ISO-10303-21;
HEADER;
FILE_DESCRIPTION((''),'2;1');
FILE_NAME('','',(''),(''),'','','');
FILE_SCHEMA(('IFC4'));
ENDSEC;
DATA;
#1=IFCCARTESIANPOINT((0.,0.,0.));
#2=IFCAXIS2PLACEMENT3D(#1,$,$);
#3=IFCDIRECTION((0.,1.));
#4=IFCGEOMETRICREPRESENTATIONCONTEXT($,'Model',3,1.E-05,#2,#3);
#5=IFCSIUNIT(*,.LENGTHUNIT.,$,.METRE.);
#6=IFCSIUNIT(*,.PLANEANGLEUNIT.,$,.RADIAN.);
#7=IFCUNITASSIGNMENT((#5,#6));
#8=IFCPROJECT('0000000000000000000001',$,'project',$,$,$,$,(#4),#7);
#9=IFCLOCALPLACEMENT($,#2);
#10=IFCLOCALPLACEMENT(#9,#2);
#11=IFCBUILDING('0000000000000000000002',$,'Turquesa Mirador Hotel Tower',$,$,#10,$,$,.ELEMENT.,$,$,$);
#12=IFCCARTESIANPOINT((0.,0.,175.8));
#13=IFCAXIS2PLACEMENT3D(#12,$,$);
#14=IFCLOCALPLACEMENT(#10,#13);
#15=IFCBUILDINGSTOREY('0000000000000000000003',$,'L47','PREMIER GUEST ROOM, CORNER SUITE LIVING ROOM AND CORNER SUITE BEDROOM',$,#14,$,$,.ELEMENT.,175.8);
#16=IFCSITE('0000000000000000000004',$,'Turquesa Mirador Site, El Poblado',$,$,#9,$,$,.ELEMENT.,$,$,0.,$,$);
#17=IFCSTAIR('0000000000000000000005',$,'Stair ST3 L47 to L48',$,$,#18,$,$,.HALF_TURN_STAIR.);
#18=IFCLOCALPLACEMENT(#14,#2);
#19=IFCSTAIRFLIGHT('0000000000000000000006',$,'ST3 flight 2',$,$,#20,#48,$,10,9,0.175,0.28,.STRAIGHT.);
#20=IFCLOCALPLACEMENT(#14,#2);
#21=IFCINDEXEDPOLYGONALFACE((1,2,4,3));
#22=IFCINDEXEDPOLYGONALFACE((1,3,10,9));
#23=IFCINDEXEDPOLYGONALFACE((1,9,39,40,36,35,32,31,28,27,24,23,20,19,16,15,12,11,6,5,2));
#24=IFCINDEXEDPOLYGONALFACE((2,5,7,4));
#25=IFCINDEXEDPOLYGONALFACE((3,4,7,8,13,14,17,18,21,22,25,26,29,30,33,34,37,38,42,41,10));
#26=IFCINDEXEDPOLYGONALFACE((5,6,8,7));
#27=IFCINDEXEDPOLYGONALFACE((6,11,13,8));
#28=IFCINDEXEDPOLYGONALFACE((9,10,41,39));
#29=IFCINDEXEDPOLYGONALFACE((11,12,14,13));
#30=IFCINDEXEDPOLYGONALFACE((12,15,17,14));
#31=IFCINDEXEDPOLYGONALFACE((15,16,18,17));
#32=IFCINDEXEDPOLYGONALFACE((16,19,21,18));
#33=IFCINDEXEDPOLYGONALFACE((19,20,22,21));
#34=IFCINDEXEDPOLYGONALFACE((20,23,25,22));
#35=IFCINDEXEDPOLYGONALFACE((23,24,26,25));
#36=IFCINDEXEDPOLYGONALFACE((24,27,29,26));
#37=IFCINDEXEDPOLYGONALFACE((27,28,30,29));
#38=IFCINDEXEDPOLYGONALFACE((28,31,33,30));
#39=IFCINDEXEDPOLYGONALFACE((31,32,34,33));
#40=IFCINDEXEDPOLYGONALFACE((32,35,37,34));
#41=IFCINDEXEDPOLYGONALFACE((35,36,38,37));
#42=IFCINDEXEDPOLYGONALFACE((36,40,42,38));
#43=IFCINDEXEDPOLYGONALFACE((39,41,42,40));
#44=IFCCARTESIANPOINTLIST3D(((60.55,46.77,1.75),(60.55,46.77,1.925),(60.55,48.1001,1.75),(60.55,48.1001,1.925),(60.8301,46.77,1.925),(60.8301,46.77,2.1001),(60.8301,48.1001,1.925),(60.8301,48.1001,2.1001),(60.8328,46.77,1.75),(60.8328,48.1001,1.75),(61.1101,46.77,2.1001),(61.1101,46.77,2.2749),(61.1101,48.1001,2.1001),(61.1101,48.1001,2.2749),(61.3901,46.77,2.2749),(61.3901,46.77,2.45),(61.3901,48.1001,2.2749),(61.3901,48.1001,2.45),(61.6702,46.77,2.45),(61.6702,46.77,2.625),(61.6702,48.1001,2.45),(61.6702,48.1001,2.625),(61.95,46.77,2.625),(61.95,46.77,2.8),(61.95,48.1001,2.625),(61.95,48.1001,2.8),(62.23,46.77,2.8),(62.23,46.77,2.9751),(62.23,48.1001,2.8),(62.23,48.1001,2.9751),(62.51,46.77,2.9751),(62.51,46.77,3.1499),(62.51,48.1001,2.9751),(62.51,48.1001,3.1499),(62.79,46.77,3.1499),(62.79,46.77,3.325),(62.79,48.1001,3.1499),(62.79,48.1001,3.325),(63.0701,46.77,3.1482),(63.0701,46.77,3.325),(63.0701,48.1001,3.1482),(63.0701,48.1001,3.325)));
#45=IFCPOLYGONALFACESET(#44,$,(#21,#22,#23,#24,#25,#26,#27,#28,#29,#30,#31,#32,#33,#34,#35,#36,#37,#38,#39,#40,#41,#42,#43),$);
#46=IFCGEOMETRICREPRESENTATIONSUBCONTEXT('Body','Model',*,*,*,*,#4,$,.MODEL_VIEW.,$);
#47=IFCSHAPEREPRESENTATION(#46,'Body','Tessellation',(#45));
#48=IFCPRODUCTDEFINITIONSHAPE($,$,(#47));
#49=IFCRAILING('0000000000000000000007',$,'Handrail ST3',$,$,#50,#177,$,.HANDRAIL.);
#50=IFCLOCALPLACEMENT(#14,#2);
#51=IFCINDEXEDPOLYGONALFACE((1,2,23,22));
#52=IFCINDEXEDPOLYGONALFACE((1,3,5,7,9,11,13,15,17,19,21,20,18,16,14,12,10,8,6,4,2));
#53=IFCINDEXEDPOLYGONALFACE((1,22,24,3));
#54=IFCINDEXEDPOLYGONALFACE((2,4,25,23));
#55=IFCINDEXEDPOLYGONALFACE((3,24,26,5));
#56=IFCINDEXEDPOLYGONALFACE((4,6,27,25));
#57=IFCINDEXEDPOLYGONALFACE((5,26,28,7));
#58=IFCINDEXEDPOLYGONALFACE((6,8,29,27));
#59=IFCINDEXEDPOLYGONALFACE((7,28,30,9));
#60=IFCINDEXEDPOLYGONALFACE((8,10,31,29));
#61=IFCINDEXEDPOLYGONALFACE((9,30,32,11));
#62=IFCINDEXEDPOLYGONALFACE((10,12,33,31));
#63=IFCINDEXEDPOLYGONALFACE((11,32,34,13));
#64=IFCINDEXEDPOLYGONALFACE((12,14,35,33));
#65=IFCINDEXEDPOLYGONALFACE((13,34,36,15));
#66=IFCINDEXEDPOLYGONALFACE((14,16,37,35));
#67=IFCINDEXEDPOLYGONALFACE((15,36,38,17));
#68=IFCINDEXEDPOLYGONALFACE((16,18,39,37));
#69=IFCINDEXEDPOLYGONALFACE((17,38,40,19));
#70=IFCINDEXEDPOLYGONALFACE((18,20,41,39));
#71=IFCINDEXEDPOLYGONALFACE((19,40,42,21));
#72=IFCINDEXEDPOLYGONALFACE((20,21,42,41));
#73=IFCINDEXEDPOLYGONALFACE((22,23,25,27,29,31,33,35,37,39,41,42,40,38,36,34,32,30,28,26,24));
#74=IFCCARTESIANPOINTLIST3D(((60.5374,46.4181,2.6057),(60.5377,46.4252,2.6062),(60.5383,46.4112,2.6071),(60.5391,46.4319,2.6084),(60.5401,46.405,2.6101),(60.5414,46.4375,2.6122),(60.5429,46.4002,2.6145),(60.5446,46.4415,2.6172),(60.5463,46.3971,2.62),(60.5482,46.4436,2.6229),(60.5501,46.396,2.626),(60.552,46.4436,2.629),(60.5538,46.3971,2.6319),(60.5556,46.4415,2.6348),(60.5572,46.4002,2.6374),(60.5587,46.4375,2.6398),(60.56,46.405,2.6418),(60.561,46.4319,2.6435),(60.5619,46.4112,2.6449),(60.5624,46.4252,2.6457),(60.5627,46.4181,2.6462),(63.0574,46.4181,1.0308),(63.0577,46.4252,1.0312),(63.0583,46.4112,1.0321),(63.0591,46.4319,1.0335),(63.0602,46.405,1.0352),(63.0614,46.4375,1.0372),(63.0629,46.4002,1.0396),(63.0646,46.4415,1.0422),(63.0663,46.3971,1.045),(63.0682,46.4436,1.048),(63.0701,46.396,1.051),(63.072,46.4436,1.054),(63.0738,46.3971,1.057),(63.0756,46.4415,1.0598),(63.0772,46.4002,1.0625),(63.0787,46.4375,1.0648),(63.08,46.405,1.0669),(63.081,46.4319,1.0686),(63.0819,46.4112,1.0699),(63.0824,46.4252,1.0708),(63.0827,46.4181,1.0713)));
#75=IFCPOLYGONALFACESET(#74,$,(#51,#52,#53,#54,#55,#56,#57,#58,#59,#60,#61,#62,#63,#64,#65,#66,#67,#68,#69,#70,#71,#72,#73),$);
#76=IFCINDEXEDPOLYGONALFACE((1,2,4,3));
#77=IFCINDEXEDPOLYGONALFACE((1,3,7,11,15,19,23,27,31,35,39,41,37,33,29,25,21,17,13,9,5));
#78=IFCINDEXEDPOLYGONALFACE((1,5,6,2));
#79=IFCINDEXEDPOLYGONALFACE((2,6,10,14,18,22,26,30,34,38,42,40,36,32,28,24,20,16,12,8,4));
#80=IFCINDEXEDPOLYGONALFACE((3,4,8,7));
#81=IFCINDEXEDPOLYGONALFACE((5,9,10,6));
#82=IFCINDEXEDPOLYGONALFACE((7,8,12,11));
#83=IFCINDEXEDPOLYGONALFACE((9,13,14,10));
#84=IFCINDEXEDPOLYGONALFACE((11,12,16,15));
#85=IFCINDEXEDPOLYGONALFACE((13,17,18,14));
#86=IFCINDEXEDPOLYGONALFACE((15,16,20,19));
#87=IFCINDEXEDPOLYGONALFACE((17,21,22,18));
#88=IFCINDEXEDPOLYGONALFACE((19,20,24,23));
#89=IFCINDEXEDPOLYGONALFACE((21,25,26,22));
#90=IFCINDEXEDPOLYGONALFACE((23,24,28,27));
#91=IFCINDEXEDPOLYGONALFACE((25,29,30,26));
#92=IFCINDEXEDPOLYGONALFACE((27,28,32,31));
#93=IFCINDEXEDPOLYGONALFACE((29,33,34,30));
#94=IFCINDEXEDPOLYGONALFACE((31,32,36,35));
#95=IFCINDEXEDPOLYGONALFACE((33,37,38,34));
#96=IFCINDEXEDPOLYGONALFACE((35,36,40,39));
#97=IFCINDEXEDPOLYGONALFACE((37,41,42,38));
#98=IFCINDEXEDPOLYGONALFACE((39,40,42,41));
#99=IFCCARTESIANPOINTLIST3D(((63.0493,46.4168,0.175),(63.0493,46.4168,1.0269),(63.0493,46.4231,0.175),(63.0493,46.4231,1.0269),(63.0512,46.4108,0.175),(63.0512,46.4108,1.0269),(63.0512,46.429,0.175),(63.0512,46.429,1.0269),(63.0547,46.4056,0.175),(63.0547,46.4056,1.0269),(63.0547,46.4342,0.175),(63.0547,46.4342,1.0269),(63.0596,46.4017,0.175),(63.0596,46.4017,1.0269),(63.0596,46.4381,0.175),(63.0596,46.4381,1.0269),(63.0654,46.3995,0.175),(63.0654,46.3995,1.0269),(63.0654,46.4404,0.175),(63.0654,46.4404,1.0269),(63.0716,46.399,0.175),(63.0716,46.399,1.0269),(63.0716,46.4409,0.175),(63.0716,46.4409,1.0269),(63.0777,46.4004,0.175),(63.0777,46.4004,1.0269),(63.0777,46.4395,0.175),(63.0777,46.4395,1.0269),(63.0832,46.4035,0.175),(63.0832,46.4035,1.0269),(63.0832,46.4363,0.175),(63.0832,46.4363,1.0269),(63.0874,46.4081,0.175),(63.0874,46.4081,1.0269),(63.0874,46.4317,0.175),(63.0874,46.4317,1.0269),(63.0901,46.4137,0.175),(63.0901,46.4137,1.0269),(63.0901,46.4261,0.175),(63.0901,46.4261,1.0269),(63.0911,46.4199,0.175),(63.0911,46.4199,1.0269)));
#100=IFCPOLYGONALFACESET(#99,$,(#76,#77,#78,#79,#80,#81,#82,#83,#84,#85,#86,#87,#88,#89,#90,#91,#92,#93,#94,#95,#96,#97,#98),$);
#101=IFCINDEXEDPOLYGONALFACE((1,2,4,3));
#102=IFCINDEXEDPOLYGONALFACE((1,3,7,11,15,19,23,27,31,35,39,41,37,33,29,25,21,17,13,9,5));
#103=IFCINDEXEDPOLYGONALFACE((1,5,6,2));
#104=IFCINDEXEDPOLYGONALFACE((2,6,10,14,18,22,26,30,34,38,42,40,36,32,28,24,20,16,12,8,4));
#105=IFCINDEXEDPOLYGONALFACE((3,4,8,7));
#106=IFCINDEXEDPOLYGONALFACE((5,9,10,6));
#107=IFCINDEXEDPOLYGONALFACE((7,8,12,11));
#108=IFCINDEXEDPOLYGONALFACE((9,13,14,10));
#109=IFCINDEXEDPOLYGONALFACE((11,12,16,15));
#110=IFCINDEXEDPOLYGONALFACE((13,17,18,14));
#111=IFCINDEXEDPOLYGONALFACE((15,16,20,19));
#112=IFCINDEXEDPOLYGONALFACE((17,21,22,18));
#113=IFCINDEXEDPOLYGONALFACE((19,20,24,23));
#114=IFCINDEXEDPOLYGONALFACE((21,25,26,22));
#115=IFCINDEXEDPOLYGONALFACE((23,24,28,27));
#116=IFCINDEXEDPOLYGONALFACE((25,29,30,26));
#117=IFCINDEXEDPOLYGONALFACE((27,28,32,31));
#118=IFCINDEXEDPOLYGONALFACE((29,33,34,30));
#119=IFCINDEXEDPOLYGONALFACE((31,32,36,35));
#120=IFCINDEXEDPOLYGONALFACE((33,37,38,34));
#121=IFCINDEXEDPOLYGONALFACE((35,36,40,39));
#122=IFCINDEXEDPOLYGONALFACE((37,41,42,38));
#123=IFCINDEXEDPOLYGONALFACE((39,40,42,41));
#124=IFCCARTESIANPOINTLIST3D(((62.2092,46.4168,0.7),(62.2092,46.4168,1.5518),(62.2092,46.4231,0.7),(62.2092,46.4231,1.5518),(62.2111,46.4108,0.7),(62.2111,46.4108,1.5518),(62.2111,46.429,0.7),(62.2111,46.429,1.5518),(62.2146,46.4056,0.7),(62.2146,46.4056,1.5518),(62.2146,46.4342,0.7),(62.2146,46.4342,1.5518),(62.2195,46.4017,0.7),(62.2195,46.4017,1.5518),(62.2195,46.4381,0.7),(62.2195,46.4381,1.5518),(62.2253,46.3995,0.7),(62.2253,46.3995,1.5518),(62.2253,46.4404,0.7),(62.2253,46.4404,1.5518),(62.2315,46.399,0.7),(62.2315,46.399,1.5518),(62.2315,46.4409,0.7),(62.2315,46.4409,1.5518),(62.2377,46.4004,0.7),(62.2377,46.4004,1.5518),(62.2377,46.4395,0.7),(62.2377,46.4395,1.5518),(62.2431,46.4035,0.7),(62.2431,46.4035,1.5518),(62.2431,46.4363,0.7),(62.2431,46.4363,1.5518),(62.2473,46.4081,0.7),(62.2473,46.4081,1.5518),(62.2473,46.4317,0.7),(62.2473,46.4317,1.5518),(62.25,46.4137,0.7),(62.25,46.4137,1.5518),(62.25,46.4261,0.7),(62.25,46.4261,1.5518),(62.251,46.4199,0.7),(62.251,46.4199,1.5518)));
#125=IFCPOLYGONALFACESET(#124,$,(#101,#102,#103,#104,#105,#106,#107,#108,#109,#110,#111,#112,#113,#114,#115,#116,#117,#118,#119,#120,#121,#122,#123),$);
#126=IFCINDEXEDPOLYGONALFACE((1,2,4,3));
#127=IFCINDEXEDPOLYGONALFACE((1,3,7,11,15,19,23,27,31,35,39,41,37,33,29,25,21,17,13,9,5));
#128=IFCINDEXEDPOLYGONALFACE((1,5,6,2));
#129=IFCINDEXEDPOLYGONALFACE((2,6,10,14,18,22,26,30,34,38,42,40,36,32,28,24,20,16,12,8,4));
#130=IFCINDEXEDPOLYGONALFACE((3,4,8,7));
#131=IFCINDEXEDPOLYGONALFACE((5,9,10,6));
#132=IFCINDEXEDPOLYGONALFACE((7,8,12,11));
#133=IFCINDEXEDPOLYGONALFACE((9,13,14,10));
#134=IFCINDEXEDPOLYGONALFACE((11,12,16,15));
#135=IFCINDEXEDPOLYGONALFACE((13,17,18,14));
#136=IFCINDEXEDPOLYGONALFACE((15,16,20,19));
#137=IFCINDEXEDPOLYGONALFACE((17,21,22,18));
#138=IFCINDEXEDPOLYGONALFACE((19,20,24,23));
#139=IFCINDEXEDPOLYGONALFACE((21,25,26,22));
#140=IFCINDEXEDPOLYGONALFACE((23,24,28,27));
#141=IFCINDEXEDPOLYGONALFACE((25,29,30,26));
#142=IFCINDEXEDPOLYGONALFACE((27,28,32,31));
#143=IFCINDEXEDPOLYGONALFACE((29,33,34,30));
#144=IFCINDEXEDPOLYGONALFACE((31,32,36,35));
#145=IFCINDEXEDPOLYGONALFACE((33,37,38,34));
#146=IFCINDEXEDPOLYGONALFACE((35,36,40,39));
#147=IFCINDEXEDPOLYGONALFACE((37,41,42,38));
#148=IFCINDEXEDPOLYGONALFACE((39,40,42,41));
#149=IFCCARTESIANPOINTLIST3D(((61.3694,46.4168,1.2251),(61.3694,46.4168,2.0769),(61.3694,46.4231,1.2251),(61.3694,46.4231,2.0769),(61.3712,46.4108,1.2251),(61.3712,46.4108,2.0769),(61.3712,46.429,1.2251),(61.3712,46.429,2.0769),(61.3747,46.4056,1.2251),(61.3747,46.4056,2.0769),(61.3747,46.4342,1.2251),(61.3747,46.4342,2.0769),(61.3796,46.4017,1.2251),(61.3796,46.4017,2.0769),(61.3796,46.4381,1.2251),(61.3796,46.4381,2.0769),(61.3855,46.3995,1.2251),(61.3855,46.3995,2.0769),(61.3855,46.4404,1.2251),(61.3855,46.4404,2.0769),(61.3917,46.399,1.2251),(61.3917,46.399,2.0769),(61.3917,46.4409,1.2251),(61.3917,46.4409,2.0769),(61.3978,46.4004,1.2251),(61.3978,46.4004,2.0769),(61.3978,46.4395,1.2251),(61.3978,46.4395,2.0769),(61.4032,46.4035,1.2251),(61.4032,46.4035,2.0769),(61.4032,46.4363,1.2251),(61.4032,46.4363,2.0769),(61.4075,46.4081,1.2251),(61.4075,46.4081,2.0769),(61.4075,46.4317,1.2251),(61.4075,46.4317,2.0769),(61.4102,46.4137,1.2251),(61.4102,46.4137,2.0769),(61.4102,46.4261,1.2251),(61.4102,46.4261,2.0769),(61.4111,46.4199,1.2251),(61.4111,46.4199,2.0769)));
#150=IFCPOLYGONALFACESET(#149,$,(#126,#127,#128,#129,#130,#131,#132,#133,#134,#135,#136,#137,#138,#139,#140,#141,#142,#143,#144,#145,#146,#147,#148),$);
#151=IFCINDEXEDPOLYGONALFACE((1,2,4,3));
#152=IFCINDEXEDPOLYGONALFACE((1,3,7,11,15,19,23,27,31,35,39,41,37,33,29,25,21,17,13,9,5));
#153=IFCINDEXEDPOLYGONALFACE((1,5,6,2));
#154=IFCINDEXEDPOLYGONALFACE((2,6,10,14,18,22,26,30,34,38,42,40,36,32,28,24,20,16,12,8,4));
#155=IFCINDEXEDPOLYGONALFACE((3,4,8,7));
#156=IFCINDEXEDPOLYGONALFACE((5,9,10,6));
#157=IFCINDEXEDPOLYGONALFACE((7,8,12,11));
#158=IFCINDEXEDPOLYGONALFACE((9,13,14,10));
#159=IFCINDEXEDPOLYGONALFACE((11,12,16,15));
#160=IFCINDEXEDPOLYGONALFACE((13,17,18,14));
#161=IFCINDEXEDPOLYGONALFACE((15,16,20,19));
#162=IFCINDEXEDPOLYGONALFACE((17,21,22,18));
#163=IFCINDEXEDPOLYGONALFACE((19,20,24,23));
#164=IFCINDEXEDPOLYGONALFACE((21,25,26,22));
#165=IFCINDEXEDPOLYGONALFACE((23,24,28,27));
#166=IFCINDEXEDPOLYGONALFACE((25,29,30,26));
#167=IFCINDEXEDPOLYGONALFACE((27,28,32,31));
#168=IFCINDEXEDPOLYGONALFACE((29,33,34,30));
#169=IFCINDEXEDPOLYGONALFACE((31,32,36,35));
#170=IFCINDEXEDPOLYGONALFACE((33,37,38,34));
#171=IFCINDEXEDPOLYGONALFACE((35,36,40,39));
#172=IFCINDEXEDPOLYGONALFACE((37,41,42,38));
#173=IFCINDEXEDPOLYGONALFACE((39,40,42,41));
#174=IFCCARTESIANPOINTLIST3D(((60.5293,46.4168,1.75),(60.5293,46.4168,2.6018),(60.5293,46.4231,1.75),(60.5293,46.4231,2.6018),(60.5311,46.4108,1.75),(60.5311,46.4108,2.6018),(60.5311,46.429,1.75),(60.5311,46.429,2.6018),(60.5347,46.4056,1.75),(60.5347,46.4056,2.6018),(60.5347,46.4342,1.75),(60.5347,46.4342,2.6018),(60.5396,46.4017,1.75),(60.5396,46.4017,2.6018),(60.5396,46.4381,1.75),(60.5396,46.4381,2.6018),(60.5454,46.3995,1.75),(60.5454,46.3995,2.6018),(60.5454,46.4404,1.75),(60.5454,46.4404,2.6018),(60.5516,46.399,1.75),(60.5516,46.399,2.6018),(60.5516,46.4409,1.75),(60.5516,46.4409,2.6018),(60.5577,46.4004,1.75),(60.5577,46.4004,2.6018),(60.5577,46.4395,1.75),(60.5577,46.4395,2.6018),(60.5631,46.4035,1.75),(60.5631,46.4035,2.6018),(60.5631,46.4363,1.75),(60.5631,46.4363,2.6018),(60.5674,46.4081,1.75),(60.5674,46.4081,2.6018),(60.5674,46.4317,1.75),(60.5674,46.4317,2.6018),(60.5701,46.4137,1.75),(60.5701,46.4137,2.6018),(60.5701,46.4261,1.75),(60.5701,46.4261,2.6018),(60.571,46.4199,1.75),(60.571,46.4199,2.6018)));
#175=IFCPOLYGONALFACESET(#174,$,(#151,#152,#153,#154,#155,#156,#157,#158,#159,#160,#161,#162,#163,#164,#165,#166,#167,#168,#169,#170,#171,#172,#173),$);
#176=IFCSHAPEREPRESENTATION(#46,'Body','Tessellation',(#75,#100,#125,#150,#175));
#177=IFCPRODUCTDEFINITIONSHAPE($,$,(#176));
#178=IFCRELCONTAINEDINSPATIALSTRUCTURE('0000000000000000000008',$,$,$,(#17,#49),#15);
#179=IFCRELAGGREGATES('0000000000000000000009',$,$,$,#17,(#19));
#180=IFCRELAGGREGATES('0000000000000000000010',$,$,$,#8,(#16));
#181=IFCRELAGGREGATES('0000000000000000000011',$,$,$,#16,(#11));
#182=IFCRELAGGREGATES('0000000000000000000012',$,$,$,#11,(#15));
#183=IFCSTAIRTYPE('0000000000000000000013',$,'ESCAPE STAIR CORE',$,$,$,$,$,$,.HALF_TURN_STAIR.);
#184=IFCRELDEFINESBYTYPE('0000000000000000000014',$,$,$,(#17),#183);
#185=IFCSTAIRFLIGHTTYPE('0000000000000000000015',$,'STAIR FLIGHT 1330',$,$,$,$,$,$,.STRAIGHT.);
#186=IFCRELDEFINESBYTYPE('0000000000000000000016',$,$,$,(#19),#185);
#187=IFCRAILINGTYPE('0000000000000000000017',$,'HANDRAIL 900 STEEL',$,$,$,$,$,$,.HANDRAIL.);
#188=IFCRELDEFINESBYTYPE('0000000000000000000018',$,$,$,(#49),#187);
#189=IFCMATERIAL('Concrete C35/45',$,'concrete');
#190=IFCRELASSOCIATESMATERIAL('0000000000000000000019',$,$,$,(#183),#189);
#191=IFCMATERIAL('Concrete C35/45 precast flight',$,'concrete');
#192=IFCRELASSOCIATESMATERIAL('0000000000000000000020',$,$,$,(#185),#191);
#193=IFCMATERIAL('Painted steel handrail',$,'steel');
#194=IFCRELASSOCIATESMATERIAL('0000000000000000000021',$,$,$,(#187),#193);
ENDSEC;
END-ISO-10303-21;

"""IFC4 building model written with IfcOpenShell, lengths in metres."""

from ifc_helpers import new_model, si_unit, direction, frame, origin, origin_2d, place, context, subcontext, project, spatial, polyline, circle, outline, extrude, material, type_object, element, aggregate, save


model = new_model("IFC4")

# Units and contexts
model_context = context("Model", 3, precision=1e-05, world=origin(), true_north=direction((0.0, 1.0)))
body_context = subcontext(model_context, "Body", "Model", "MODEL_VIEW")
ifc_project = project(units=[si_unit("LENGTHUNIT", "METRE"), si_unit("PLANEANGLEUNIT", "RADIAN")], contexts=[model_context])

# Site, building, storey
site_placement = place(None, origin())
site = spatial("IfcSite", under=ifc_project, at=site_placement, Name="Turquesa Mirador Site, El Poblado", CompositionType="ELEMENT", RefElevation=0.0)
building_placement = place(site_placement, origin())
building = spatial("IfcBuilding", under=site, at=building_placement, Name="Turquesa Mirador Hotel Tower", CompositionType="ELEMENT")
storey_placement = place(building_placement, frame((0.0, 0.0, 175.8)))
storey = spatial("IfcBuildingStorey", under=building, at=storey_placement, Name="L47", Description="PREMIER GUEST ROOM, CORNER SUITE LIVING ROOM AND CORNER SUITE BEDROOM", CompositionType="ELEMENT", Elevation=175.8)

# Stair, stair flight
ifc_material_1 = material(Name="Concrete C35/45", Category="concrete")
stair_type = type_object("IfcStairType", Name="ESCAPE STAIR CORE", PredefinedType="HALF_TURN_STAIR", material=ifc_material_1)
stair_placement = place(storey_placement, origin())
stair = element("IfcStair", 1, at=stair_placement, inside=storey, type_object=stair_type, Name="Stair ST3 L47 to L48", PredefinedType="HALF_TURN_STAIR")
ifc_material_2 = material(Name="Concrete C35/45 precast flight", Category="concrete")
stair_flight_type = type_object("IfcStairFlightType", Name="STAIR FLIGHT 1330", PredefinedType="STRAIGHT", material=ifc_material_2)
stair_flight_1_placement = place(storey_placement, frame((60.55, 47.4351, 1.75), z_axis=(0.0, 0.0, 1.0), x_axis=(1.0, 0.0, 0.0)))
stair_flight_1 = element("IfcStairFlight", 2, at=stair_flight_1_placement, type_object=stair_flight_type, Name="ST3 flight 2", NumberOfRisers=10, NumberOfTreads=9, PredefinedType="STRAIGHT", RiserHeight=0.175, TreadLength=0.28, context=body_context, shape_type="SweptSolid", body=[
    extrude(outline(polyline([(0.0, 0.0), (0.0, 0.175), (0.28, 0.175), (0.28, 0.3501), (0.5601, 0.3501), (0.5601, 0.5249), (0.8401, 0.5249), (0.8401, 0.7), (1.1201, 0.7), (1.1201, 0.875), (1.3999, 0.875), (1.3999, 1.05), (1.6799, 1.05), (1.6799, 1.2251), (1.96, 1.2251), (1.96, 1.3999), (2.24, 1.3999), (2.24, 1.575), (2.52, 1.575), (2.52, 1.75), (2.52, 1.3982), (0.2827, 0.0), (0.0, 0.0)])), frame((0.0, 0.665, 0.0), z_axis=(0.0, -1.0, 0.0), x_axis=(1.0, 0.0, 0.0)), (0.0, 0.0, 1.0), 1.3301),
])
aggregate(stair, [stair_flight_1])

# Railing
ifc_material_3 = material(Name="Painted steel handrail", Category="steel")
railing_type = type_object("IfcRailingType", Name="HANDRAIL 900 STEEL", PredefinedType="HANDRAIL", material=ifc_material_3)
railing_1_placement = place(storey_placement, frame((63.0701, 46.4199, 0.175)))
element("IfcRailing", 3, at=railing_1_placement, inside=storey, type_object=railing_type, Name="Handrail ST3", PredefinedType="HANDRAIL", context=body_context, shape_type="SweptSolid", body=[
    extrude(circle(Radius=0.0239, at=origin_2d()), frame((0.0, 0.0, 0.876), z_axis=(-0.848008, 0.0, 0.529984), x_axis=(0.0, -1.0, 0.0)), (0.0, 0.0, 1.0), 2.9717),
    extrude(circle(Radius=0.021, at=origin_2d()), origin(), (0.0, 0.0, 1.0), 0.8518),
    extrude(circle(Radius=0.021, at=origin_2d()), frame((-0.8401, 0.0, 0.5249)), (0.0, 0.0, 1.0), 0.8518),
    extrude(circle(Radius=0.021, at=origin_2d()), frame((-1.6799, 0.0, 1.05)), (0.0, 0.0, 1.0), 0.8518),
    extrude(circle(Radius=0.021, at=origin_2d()), frame((-2.52, 0.0, 1.575)), (0.0, 0.0, 1.0), 0.8518),
])

save(model, "model.ifc")
